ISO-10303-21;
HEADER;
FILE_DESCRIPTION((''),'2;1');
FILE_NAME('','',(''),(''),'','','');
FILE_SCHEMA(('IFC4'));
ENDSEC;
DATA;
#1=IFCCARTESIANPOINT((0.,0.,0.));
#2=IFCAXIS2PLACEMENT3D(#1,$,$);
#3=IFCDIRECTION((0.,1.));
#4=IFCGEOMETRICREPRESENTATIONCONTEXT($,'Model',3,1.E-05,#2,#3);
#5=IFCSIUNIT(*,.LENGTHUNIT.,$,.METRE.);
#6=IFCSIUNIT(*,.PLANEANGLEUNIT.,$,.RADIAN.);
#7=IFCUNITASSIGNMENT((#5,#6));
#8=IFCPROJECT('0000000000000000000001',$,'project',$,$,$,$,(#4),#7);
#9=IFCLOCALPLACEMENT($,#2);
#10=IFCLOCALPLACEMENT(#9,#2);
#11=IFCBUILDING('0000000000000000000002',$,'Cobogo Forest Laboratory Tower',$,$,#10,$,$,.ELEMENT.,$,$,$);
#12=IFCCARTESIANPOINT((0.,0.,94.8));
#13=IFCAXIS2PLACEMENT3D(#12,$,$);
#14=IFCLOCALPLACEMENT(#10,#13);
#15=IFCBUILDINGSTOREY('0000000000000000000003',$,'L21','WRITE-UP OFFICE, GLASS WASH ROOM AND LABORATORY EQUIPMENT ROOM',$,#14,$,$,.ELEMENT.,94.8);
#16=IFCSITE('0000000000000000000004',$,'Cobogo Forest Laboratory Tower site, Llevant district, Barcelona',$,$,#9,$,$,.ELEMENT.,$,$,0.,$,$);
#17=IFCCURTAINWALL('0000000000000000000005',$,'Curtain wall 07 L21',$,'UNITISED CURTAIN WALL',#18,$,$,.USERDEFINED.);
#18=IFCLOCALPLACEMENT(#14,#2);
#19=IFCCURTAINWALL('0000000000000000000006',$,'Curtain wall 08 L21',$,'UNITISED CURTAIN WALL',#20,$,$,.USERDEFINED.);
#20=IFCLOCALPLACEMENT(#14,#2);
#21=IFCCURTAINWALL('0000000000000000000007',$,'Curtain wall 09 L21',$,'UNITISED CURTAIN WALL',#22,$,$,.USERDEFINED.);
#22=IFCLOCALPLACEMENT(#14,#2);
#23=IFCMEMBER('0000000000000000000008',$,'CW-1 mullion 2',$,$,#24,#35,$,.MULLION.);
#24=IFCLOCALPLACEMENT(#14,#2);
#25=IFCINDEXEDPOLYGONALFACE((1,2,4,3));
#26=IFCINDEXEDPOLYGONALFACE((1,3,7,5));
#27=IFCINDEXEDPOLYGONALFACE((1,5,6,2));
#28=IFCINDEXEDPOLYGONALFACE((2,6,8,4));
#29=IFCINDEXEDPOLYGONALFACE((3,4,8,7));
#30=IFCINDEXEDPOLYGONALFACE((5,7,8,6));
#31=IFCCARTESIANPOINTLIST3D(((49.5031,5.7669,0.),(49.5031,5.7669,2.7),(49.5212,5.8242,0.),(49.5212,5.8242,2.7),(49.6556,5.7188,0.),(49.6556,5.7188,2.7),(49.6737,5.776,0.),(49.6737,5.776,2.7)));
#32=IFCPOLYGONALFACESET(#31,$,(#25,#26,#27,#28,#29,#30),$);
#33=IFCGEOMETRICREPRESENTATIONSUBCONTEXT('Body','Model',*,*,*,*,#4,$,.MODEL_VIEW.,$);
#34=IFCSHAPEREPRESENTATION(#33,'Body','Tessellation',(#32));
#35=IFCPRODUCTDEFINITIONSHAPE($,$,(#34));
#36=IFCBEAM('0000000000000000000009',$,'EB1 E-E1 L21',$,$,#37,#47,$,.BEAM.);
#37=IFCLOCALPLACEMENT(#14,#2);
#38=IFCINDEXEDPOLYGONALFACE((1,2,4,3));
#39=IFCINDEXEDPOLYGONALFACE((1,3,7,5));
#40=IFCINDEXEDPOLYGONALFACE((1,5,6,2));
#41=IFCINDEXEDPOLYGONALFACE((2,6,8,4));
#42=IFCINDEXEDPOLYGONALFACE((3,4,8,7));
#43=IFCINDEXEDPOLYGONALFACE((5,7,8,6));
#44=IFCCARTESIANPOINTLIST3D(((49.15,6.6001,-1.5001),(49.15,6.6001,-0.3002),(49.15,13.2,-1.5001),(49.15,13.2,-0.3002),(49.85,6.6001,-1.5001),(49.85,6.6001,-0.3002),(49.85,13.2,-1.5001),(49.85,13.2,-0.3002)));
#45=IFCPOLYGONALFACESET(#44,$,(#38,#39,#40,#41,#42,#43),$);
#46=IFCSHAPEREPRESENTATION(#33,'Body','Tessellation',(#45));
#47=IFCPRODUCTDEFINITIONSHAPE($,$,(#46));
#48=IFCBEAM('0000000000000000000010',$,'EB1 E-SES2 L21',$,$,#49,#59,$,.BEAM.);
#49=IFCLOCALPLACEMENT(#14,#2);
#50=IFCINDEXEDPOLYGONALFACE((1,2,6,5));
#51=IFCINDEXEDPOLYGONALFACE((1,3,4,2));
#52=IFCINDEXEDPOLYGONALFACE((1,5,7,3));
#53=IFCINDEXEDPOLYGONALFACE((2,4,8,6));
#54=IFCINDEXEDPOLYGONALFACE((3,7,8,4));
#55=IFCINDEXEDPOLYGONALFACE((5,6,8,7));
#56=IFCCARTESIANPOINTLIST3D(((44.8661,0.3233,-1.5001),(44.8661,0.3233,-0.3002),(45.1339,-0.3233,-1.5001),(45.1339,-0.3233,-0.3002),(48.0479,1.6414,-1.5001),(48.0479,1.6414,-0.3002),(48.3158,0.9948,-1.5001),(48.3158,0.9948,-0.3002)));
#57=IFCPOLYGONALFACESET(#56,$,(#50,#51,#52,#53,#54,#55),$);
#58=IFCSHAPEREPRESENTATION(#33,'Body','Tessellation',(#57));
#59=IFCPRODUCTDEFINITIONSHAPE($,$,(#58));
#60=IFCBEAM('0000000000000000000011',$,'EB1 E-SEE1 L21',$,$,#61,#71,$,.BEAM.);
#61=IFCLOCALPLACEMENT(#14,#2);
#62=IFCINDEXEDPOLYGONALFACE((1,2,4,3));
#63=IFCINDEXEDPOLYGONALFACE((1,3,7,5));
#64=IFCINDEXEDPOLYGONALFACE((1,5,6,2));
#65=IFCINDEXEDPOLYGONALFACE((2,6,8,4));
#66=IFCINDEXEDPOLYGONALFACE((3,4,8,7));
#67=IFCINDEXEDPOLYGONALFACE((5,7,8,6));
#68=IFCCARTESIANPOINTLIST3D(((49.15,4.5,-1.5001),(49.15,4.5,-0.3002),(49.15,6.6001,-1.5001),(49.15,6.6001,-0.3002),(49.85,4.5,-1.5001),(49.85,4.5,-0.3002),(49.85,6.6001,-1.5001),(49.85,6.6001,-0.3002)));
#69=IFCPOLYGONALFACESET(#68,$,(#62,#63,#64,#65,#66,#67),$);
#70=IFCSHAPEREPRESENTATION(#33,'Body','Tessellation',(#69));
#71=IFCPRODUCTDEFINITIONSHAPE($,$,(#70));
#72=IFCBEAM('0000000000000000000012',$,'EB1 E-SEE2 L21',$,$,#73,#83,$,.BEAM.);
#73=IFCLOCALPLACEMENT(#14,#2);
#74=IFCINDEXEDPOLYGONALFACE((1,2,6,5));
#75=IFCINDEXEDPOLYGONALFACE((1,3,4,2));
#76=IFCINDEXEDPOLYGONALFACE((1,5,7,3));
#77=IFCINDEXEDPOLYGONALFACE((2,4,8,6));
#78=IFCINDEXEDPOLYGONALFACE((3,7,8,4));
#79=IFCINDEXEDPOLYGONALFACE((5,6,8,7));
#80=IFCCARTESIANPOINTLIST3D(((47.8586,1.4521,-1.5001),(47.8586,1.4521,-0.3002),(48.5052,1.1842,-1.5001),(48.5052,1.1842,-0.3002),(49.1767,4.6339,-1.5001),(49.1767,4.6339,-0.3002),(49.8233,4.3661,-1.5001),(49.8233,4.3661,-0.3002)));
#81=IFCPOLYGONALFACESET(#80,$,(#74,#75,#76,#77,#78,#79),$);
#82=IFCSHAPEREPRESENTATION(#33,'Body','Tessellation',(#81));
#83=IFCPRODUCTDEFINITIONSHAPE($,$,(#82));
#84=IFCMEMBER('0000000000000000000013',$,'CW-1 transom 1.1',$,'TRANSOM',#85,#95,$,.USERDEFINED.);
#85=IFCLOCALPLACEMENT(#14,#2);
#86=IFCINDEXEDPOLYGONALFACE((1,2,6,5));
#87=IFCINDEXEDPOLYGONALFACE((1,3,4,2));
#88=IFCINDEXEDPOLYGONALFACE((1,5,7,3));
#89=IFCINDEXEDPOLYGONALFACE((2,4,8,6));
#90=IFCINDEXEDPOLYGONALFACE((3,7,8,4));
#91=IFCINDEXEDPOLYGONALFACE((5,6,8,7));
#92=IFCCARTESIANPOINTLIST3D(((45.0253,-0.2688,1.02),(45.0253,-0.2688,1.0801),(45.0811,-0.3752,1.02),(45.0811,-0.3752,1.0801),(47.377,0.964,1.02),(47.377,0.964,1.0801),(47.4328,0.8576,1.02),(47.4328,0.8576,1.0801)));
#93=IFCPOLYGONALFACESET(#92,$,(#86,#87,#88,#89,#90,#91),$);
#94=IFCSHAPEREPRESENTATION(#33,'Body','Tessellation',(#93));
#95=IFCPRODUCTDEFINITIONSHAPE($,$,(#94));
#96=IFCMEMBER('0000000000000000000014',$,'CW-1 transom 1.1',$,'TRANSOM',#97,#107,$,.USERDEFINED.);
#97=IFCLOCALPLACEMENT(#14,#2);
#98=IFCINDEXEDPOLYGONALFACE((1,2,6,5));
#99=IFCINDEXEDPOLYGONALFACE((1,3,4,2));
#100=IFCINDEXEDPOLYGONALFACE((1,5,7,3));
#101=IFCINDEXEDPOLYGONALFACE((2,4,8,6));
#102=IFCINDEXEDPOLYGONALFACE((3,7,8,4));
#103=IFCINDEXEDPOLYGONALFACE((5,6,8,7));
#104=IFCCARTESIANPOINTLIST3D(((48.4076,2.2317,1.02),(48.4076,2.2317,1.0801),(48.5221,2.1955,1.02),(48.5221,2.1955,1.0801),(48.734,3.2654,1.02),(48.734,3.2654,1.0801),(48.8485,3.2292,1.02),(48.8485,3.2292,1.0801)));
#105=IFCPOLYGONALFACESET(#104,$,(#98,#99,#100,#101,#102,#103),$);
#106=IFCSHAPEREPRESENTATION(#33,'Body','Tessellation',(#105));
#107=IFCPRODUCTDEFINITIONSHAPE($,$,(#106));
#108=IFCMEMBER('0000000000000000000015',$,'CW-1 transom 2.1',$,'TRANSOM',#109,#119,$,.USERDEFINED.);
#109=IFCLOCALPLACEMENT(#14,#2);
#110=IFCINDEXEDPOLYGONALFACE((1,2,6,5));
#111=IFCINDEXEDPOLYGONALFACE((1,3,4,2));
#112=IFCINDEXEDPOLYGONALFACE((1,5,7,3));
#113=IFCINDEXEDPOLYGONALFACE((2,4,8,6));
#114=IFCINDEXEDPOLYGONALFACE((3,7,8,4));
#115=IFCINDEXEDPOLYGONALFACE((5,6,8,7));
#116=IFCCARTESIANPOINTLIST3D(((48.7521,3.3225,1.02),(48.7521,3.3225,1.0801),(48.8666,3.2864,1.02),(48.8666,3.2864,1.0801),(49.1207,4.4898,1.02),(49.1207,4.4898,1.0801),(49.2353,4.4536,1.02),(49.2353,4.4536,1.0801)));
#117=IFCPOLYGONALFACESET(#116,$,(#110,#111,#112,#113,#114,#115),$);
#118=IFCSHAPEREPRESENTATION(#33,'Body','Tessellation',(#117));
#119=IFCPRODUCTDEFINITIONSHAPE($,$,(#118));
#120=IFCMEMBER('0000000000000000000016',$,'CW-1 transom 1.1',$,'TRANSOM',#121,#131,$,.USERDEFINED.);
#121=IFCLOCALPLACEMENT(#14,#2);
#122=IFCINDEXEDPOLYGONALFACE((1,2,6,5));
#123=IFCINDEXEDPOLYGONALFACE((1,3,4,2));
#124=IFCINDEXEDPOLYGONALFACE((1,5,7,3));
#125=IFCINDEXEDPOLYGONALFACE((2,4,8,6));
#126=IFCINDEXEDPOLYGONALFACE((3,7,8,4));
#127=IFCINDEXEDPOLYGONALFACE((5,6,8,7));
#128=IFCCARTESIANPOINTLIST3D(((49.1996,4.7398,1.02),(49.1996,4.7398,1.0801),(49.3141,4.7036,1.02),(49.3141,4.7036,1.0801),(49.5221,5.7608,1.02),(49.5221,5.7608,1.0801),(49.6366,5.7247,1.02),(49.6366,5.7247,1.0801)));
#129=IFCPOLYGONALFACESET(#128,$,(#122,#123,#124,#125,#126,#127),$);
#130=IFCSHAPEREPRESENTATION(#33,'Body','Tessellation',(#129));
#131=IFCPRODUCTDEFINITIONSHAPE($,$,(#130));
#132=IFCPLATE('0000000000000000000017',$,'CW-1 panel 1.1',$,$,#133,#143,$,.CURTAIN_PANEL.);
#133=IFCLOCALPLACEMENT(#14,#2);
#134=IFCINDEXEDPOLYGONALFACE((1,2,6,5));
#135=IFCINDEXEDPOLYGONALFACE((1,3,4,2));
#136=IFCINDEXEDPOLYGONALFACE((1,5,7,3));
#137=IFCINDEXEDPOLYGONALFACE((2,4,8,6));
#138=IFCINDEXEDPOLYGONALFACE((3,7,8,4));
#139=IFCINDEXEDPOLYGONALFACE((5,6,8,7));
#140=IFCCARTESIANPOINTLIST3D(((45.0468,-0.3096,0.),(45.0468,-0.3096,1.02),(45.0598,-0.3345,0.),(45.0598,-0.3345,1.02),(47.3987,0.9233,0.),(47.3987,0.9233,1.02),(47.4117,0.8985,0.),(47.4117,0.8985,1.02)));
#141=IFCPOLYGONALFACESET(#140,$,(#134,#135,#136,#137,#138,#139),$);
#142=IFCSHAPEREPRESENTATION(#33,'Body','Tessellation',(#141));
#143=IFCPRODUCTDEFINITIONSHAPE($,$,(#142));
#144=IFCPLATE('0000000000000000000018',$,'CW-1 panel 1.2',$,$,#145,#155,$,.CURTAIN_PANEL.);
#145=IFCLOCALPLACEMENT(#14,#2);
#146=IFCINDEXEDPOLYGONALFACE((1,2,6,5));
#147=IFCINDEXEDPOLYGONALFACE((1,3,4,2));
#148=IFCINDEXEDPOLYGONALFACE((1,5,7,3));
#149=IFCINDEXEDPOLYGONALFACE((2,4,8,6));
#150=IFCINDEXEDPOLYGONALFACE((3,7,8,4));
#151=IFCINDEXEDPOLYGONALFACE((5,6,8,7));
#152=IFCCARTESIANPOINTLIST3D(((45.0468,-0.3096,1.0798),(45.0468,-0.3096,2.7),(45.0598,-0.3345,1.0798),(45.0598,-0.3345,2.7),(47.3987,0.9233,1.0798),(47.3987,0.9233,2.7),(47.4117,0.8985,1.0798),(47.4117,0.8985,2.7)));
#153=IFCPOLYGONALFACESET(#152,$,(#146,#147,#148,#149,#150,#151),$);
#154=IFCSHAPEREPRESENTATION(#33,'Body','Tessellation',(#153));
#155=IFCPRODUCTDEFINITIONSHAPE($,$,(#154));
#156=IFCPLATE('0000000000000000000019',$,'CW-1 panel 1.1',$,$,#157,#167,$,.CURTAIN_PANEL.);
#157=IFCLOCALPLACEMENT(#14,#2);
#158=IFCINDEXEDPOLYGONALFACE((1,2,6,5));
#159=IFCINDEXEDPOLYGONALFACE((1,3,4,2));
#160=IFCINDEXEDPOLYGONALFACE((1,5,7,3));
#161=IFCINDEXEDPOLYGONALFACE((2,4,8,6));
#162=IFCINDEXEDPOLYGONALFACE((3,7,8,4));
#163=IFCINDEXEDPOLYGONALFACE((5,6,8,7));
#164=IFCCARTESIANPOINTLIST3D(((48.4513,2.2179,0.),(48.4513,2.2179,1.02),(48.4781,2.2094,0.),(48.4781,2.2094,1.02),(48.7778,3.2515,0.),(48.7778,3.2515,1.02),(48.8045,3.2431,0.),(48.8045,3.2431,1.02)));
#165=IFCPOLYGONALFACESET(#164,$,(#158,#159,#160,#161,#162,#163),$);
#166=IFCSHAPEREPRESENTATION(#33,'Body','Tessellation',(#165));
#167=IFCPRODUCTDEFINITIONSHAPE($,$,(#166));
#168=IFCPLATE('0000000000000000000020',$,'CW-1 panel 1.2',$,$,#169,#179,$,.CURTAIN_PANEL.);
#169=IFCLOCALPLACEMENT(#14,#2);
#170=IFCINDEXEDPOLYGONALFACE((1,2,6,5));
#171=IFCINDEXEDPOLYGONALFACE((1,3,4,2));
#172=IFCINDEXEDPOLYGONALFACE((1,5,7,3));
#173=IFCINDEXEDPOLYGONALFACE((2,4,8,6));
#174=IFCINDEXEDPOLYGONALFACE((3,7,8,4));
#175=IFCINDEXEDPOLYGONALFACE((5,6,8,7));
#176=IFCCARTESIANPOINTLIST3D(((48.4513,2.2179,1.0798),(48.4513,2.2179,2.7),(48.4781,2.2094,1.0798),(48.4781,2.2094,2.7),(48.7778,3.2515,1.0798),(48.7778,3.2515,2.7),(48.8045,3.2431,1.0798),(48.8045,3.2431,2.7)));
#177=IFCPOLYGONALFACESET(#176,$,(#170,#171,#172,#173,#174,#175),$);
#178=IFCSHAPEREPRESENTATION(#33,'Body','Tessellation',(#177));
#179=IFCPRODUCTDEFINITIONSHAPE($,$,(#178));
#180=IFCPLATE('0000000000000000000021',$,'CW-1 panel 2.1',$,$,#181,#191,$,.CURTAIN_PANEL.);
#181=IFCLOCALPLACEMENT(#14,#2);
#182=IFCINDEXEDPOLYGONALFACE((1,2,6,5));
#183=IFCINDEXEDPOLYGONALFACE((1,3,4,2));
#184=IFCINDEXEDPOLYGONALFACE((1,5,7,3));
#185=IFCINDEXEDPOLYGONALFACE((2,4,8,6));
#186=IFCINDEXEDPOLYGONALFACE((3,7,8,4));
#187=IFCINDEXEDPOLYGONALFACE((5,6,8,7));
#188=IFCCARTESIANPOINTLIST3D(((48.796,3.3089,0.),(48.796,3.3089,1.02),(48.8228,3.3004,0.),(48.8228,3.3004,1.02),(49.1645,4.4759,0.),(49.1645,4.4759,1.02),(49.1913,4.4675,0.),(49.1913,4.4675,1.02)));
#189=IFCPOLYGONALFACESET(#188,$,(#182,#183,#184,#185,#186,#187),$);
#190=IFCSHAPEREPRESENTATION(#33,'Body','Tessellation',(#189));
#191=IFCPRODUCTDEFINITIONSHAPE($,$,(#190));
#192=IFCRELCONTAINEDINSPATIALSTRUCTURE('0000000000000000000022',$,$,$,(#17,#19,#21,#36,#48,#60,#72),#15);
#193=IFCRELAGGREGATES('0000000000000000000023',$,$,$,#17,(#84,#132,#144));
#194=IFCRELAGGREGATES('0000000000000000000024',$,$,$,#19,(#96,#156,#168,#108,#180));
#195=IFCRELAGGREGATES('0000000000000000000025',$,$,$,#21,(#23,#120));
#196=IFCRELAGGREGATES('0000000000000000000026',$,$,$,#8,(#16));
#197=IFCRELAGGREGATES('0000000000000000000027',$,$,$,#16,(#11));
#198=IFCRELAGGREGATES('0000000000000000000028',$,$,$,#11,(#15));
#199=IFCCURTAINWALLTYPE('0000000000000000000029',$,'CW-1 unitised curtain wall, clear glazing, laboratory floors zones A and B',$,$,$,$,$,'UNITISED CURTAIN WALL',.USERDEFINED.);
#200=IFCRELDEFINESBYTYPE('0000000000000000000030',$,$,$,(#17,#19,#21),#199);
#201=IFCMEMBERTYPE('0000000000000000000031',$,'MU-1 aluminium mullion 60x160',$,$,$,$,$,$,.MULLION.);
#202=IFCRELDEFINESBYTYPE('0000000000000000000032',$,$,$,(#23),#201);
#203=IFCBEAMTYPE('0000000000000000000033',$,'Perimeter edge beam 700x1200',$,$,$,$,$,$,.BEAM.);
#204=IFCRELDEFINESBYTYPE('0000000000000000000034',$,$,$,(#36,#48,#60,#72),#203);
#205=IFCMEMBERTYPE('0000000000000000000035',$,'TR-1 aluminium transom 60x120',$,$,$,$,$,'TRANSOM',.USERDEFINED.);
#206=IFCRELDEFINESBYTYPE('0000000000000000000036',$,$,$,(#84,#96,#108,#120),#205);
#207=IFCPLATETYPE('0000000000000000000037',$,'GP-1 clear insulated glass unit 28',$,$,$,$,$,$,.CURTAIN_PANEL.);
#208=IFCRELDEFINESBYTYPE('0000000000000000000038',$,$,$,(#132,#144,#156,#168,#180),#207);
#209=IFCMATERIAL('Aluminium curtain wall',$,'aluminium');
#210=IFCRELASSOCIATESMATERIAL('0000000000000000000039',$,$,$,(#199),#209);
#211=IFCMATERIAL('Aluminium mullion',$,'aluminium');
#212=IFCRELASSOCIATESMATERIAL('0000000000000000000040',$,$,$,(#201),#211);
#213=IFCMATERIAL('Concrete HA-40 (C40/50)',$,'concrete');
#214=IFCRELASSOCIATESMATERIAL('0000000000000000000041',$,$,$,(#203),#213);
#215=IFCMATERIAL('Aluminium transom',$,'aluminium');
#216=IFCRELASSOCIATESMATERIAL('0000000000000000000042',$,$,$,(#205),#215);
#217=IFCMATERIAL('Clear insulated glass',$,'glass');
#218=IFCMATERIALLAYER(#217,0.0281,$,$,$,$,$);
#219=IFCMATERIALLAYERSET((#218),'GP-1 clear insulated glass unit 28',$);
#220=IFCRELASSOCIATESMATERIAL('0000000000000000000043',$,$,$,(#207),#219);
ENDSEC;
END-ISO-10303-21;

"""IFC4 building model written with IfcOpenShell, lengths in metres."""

from ifc_helpers import new_model, si_unit, direction, frame, origin, origin_2d, place, context, subcontext, project, spatial, rectangle, extrude, material, layer, layer_set, material_profile, profile_set, type_object, element, aggregate, save


model = new_model("IFC4")

# Units and contexts
model_context = context("Model", 3, precision=1e-05, world=origin(), true_north=direction((0.0, 1.0)))
body_context = subcontext(model_context, "Body", "Model", "MODEL_VIEW")
ifc_project = project(units=[si_unit("LENGTHUNIT", "METRE"), si_unit("PLANEANGLEUNIT", "RADIAN")], contexts=[model_context])

# Site, building, storey
site_placement = place(None, origin())
site = spatial("IfcSite", under=ifc_project, at=site_placement, Name="Cobogo Forest Laboratory Tower site, Llevant district, Barcelona", CompositionType="ELEMENT", RefElevation=0.0)
building_placement = place(site_placement, origin())
building = spatial("IfcBuilding", under=site, at=building_placement, Name="Cobogo Forest Laboratory Tower", CompositionType="ELEMENT")
storey_placement = place(building_placement, frame((0.0, 0.0, 94.8)))
storey = spatial("IfcBuildingStorey", under=building, at=storey_placement, Name="L21", Description="WRITE-UP OFFICE, GLASS WASH ROOM AND LABORATORY EQUIPMENT ROOM", CompositionType="ELEMENT", Elevation=94.8)

# Shared definitions
ifc_material_1 = material(Name="Concrete HA-40 (C40/50)", Category="concrete")

# Curtain walls, member
ifc_material_2 = material(Name="Aluminium curtain wall", Category="aluminium")
curtain_wall_type = type_object("IfcCurtainWallType", Name="CW-1 unitised curtain wall, clear glazing, laboratory floors zones A and B", ElementType="UNITISED CURTAIN WALL", PredefinedType="USERDEFINED", material=ifc_material_2)
curtain_wall_1_placement = place(storey_placement, origin())
curtain_wall_1 = element("IfcCurtainWall", 1, at=curtain_wall_1_placement, inside=storey, type_object=curtain_wall_type, Name="Curtain wall 07 L21", ObjectType="UNITISED CURTAIN WALL", PredefinedType="USERDEFINED")
ifc_material_3 = material(Name="Aluminium mullion", Category="aluminium")
ifc_material_profile_1 = material_profile(ifc_material_3, rectangle(XDim=0.0601, YDim=0.1599, at=origin_2d()), Name="AL 60x160")
ifc_profile_set_1 = profile_set([ifc_material_profile_1], Name="Aluminium mullion")
member_type_1 = type_object("IfcMemberType", Name="MU-1 aluminium mullion 60x160", PredefinedType="MULLION", material=ifc_profile_set_1)
curtain_wall_2_placement = place(storey_placement, origin())
curtain_wall_2 = element("IfcCurtainWall", 2, at=curtain_wall_2_placement, inside=storey, type_object=curtain_wall_type, Name="Curtain wall 08 L21", ObjectType="UNITISED CURTAIN WALL", PredefinedType="USERDEFINED")
curtain_wall_3_placement = place(storey_placement, origin())
curtain_wall_3 = element("IfcCurtainWall", 3, at=curtain_wall_3_placement, inside=storey, type_object=curtain_wall_type, Name="Curtain wall 09 L21", ObjectType="UNITISED CURTAIN WALL", PredefinedType="USERDEFINED")
member_1_placement = place(storey_placement, frame((49.5884, 5.7715, 0.0), z_axis=(0.0, 0.0, 1.0), x_axis=(0.301136, 0.953581, 0.0)))
member_1 = element("IfcMember", 4, at=member_1_placement, type_object=member_type_1, Name="CW-1 mullion 2", PredefinedType="MULLION", context=body_context, shape_type="SweptSolid", body=[
    extrude(rectangle(XDim=0.0601, YDim=0.1599, at=origin_2d()), origin(), (0.0, 0.0, 1.0), 2.7),
])

# Beams
ifc_material_profile_2 = material_profile(ifc_material_1, rectangle(XDim=0.7, YDim=1.2, at=origin_2d()), Name="RC 700x1200")
ifc_profile_set_2 = profile_set([ifc_material_profile_2], Name="Concrete HA-40 (C40/50)")
beam_type_1 = type_object("IfcBeamType", Name="Perimeter edge beam 700x1200", PredefinedType="BEAM", material=ifc_profile_set_2)
beam_1_placement = place(storey_placement, frame((49.5, 6.6001, -0.9001), z_axis=(0.0, 1.0, 0.0), x_axis=(-1.0, 0.0, 0.0)))
element("IfcBeam", 5, at=beam_1_placement, inside=storey, type_object=beam_type_1, Name="EB1 E-E1 L21", PredefinedType="BEAM", context=body_context, shape_type="SweptSolid", body=[
    extrude(rectangle(XDim=0.7, YDim=1.2, at=origin_2d()), origin(), (0.0, 0.0, 1.0), 6.5999),
])
beam_2_placement = place(storey_placement, frame((45.0, 0.0, -0.9001), z_axis=(0.923866, 0.382717, 0.0), x_axis=(-0.382717, 0.923866, 0.0)))
element("IfcBeam", 6, at=beam_2_placement, inside=storey, type_object=beam_type_1, Name="EB1 E-SES2 L21", PredefinedType="BEAM", context=body_context, shape_type="SweptSolid", body=[
    extrude(rectangle(XDim=0.7, YDim=1.2, at=origin_2d()), origin(), (0.0, 0.0, 1.0), 3.4441),
])
beam_3_placement = place(storey_placement, frame((49.5, 6.6001, -0.9001), z_axis=(0.0, -1.0, 0.0), x_axis=(1.0, 0.0, 0.0)))
element("IfcBeam", 7, at=beam_3_placement, inside=storey, type_object=beam_type_1, Name="EB1 E-SEE1 L21", PredefinedType="BEAM", context=body_context, shape_type="SweptSolid", body=[
    extrude(rectangle(XDim=0.7, YDim=1.2, at=origin_2d()), origin(), (0.0, 0.0, 1.0), 2.1001),
])
beam_4_placement = place(storey_placement, frame((49.5, 4.5, -0.9001), z_axis=(-0.382717, -0.923866, 0.0), x_axis=(0.923866, -0.382717, 0.0)))
element("IfcBeam", 8, at=beam_4_placement, inside=storey, type_object=beam_type_1, Name="EB1 E-SEE2 L21", PredefinedType="BEAM", context=body_context, shape_type="SweptSolid", body=[
    extrude(rectangle(XDim=0.7, YDim=1.2, at=origin_2d()), origin(), (0.0, 0.0, 1.0), 3.4441),
])

# Members
ifc_material_4 = material(Name="Aluminium transom", Category="aluminium")
ifc_material_profile_3 = material_profile(ifc_material_4, rectangle(XDim=0.1201, YDim=0.0601, at=origin_2d()), Name="AL 60x120")
ifc_profile_set_3 = profile_set([ifc_material_profile_3], Name="Aluminium transom")
member_type_2 = type_object("IfcMemberType", Name="TR-1 aluminium transom 60x120", ElementType="TRANSOM", PredefinedType="USERDEFINED", material=ifc_profile_set_3)
member_2_placement = place(storey_placement, frame((45.0532, -0.322, 1.05), z_axis=(0.885675, 0.464306, 0.0), x_axis=(-0.464306, 0.885675, 0.0)))
member_2 = element("IfcMember", 9, at=member_2_placement, type_object=member_type_2, Name="CW-1 transom 1.1", ObjectType="TRANSOM", PredefinedType="USERDEFINED", context=body_context, shape_type="SweptSolid", body=[
    extrude(rectangle(XDim=0.1201, YDim=0.0601, at=origin_2d()), origin(), (0.0, 0.0, 1.0), 2.6553),
])
member_3_placement = place(storey_placement, frame((48.4648, 2.2136, 1.05), z_axis=(0.301121, 0.953586, 0.0), x_axis=(-0.953586, 0.301121, 0.0)))
member_3 = element("IfcMember", 10, at=member_3_placement, type_object=member_type_2, Name="CW-1 transom 1.1", ObjectType="TRANSOM", PredefinedType="USERDEFINED", context=body_context, shape_type="SweptSolid", body=[
    extrude(rectangle(XDim=0.1201, YDim=0.0601, at=origin_2d()), origin(), (0.0, 0.0, 1.0), 1.084),
])
member_4_placement = place(storey_placement, frame((48.8093, 3.3044, 1.05), z_axis=(0.30117, 0.953571, 0.0), x_axis=(-0.953571, 0.30117, 0.0)))
member_4 = element("IfcMember", 11, at=member_4_placement, type_object=member_type_2, Name="CW-1 transom 2.1", ObjectType="TRANSOM", PredefinedType="USERDEFINED", context=body_context, shape_type="SweptSolid", body=[
    extrude(rectangle(XDim=0.1201, YDim=0.0601, at=origin_2d()), origin(), (0.0, 0.0, 1.0), 1.2241),
])
member_5_placement = place(storey_placement, frame((49.2568, 4.7217, 1.05), z_axis=(0.301208, 0.953559, 0.0), x_axis=(-0.953559, 0.301208, 0.0)))
member_5 = element("IfcMember", 12, at=member_5_placement, type_object=member_type_2, Name="CW-1 transom 1.1", ObjectType="TRANSOM", PredefinedType="USERDEFINED", context=body_context, shape_type="SweptSolid", body=[
    extrude(rectangle(XDim=0.1201, YDim=0.0601, at=origin_2d()), origin(), (0.0, 0.0, 1.0), 1.0708),
])

# Plates
ifc_material_5 = material(Name="Clear insulated glass", Category="glass")
ifc_layer = layer(ifc_material_5, 0.0281)
ifc_layer_set = layer_set([ifc_layer], Name="GP-1 clear insulated glass unit 28")
plate_type = type_object("IfcPlateType", Name="GP-1 clear insulated glass unit 28", PredefinedType="CURTAIN_PANEL", material=ifc_layer_set)
plate_1_placement = place(storey_placement, frame((46.2292, 0.2944, 0.0), z_axis=(0.0, 0.0, 1.0), x_axis=(0.885687, 0.464284, 0.0)))
plate_1 = element("IfcPlate", 13, at=plate_1_placement, type_object=plate_type, Name="CW-1 panel 1.1", PredefinedType="CURTAIN_PANEL", context=body_context, shape_type="SweptSolid", body=[
    extrude(rectangle(XDim=2.6555, YDim=0.0281, at=origin_2d()), origin(), (0.0, 0.0, 1.0), 1.02),
])
plate_2_placement = place(storey_placement, frame((46.2292, 0.2944, 1.0798), z_axis=(0.0, 0.0, 1.0), x_axis=(0.885687, 0.464284, 0.0)))
plate_2 = element("IfcPlate", 14, at=plate_2_placement, type_object=plate_type, Name="CW-1 panel 1.2", PredefinedType="CURTAIN_PANEL", context=body_context, shape_type="SweptSolid", body=[
    extrude(rectangle(XDim=2.6555, YDim=0.0281, at=origin_2d()), origin(), (0.0, 0.0, 1.0), 1.6201),
])
aggregate(curtain_wall_1, [member_2, plate_1, plate_2])
plate_3_placement = place(storey_placement, frame((48.6279, 2.7305, 0.0), z_axis=(0.0, 0.0, 1.0), x_axis=(0.301135, 0.953581, 0.0)))
plate_3 = element("IfcPlate", 15, at=plate_3_placement, type_object=plate_type, Name="CW-1 panel 1.1", PredefinedType="CURTAIN_PANEL", context=body_context, shape_type="SweptSolid", body=[
    extrude(rectangle(XDim=1.084, YDim=0.0281, at=origin_2d()), origin(), (0.0, 0.0, 1.0), 1.02),
])
plate_4_placement = place(storey_placement, frame((48.6279, 2.7305, 1.0798), z_axis=(0.0, 0.0, 1.0), x_axis=(0.301135, 0.953581, 0.0)))
plate_4 = element("IfcPlate", 16, at=plate_4_placement, type_object=plate_type, Name="CW-1 panel 1.2", PredefinedType="CURTAIN_PANEL", context=body_context, shape_type="SweptSolid", body=[
    extrude(rectangle(XDim=1.084, YDim=0.0281, at=origin_2d()), origin(), (0.0, 0.0, 1.0), 1.6201),
])
plate_5_placement = place(storey_placement, frame((48.9937, 3.8882, 0.0), z_axis=(0.0, 0.0, 1.0), x_axis=(0.301135, 0.953581, 0.0)))
plate_5 = element("IfcPlate", 17, at=plate_5_placement, type_object=plate_type, Name="CW-1 panel 2.1", PredefinedType="CURTAIN_PANEL", context=body_context, shape_type="SweptSolid", body=[
    extrude(rectangle(XDim=1.2239, YDim=0.0281, at=origin_2d()), origin(), (0.0, 0.0, 1.0), 1.02),
])
aggregate(curtain_wall_2, [member_3, plate_3, plate_4, member_4, plate_5])
aggregate(curtain_wall_3, [member_1, member_5])

save(model, "model.ifc")
